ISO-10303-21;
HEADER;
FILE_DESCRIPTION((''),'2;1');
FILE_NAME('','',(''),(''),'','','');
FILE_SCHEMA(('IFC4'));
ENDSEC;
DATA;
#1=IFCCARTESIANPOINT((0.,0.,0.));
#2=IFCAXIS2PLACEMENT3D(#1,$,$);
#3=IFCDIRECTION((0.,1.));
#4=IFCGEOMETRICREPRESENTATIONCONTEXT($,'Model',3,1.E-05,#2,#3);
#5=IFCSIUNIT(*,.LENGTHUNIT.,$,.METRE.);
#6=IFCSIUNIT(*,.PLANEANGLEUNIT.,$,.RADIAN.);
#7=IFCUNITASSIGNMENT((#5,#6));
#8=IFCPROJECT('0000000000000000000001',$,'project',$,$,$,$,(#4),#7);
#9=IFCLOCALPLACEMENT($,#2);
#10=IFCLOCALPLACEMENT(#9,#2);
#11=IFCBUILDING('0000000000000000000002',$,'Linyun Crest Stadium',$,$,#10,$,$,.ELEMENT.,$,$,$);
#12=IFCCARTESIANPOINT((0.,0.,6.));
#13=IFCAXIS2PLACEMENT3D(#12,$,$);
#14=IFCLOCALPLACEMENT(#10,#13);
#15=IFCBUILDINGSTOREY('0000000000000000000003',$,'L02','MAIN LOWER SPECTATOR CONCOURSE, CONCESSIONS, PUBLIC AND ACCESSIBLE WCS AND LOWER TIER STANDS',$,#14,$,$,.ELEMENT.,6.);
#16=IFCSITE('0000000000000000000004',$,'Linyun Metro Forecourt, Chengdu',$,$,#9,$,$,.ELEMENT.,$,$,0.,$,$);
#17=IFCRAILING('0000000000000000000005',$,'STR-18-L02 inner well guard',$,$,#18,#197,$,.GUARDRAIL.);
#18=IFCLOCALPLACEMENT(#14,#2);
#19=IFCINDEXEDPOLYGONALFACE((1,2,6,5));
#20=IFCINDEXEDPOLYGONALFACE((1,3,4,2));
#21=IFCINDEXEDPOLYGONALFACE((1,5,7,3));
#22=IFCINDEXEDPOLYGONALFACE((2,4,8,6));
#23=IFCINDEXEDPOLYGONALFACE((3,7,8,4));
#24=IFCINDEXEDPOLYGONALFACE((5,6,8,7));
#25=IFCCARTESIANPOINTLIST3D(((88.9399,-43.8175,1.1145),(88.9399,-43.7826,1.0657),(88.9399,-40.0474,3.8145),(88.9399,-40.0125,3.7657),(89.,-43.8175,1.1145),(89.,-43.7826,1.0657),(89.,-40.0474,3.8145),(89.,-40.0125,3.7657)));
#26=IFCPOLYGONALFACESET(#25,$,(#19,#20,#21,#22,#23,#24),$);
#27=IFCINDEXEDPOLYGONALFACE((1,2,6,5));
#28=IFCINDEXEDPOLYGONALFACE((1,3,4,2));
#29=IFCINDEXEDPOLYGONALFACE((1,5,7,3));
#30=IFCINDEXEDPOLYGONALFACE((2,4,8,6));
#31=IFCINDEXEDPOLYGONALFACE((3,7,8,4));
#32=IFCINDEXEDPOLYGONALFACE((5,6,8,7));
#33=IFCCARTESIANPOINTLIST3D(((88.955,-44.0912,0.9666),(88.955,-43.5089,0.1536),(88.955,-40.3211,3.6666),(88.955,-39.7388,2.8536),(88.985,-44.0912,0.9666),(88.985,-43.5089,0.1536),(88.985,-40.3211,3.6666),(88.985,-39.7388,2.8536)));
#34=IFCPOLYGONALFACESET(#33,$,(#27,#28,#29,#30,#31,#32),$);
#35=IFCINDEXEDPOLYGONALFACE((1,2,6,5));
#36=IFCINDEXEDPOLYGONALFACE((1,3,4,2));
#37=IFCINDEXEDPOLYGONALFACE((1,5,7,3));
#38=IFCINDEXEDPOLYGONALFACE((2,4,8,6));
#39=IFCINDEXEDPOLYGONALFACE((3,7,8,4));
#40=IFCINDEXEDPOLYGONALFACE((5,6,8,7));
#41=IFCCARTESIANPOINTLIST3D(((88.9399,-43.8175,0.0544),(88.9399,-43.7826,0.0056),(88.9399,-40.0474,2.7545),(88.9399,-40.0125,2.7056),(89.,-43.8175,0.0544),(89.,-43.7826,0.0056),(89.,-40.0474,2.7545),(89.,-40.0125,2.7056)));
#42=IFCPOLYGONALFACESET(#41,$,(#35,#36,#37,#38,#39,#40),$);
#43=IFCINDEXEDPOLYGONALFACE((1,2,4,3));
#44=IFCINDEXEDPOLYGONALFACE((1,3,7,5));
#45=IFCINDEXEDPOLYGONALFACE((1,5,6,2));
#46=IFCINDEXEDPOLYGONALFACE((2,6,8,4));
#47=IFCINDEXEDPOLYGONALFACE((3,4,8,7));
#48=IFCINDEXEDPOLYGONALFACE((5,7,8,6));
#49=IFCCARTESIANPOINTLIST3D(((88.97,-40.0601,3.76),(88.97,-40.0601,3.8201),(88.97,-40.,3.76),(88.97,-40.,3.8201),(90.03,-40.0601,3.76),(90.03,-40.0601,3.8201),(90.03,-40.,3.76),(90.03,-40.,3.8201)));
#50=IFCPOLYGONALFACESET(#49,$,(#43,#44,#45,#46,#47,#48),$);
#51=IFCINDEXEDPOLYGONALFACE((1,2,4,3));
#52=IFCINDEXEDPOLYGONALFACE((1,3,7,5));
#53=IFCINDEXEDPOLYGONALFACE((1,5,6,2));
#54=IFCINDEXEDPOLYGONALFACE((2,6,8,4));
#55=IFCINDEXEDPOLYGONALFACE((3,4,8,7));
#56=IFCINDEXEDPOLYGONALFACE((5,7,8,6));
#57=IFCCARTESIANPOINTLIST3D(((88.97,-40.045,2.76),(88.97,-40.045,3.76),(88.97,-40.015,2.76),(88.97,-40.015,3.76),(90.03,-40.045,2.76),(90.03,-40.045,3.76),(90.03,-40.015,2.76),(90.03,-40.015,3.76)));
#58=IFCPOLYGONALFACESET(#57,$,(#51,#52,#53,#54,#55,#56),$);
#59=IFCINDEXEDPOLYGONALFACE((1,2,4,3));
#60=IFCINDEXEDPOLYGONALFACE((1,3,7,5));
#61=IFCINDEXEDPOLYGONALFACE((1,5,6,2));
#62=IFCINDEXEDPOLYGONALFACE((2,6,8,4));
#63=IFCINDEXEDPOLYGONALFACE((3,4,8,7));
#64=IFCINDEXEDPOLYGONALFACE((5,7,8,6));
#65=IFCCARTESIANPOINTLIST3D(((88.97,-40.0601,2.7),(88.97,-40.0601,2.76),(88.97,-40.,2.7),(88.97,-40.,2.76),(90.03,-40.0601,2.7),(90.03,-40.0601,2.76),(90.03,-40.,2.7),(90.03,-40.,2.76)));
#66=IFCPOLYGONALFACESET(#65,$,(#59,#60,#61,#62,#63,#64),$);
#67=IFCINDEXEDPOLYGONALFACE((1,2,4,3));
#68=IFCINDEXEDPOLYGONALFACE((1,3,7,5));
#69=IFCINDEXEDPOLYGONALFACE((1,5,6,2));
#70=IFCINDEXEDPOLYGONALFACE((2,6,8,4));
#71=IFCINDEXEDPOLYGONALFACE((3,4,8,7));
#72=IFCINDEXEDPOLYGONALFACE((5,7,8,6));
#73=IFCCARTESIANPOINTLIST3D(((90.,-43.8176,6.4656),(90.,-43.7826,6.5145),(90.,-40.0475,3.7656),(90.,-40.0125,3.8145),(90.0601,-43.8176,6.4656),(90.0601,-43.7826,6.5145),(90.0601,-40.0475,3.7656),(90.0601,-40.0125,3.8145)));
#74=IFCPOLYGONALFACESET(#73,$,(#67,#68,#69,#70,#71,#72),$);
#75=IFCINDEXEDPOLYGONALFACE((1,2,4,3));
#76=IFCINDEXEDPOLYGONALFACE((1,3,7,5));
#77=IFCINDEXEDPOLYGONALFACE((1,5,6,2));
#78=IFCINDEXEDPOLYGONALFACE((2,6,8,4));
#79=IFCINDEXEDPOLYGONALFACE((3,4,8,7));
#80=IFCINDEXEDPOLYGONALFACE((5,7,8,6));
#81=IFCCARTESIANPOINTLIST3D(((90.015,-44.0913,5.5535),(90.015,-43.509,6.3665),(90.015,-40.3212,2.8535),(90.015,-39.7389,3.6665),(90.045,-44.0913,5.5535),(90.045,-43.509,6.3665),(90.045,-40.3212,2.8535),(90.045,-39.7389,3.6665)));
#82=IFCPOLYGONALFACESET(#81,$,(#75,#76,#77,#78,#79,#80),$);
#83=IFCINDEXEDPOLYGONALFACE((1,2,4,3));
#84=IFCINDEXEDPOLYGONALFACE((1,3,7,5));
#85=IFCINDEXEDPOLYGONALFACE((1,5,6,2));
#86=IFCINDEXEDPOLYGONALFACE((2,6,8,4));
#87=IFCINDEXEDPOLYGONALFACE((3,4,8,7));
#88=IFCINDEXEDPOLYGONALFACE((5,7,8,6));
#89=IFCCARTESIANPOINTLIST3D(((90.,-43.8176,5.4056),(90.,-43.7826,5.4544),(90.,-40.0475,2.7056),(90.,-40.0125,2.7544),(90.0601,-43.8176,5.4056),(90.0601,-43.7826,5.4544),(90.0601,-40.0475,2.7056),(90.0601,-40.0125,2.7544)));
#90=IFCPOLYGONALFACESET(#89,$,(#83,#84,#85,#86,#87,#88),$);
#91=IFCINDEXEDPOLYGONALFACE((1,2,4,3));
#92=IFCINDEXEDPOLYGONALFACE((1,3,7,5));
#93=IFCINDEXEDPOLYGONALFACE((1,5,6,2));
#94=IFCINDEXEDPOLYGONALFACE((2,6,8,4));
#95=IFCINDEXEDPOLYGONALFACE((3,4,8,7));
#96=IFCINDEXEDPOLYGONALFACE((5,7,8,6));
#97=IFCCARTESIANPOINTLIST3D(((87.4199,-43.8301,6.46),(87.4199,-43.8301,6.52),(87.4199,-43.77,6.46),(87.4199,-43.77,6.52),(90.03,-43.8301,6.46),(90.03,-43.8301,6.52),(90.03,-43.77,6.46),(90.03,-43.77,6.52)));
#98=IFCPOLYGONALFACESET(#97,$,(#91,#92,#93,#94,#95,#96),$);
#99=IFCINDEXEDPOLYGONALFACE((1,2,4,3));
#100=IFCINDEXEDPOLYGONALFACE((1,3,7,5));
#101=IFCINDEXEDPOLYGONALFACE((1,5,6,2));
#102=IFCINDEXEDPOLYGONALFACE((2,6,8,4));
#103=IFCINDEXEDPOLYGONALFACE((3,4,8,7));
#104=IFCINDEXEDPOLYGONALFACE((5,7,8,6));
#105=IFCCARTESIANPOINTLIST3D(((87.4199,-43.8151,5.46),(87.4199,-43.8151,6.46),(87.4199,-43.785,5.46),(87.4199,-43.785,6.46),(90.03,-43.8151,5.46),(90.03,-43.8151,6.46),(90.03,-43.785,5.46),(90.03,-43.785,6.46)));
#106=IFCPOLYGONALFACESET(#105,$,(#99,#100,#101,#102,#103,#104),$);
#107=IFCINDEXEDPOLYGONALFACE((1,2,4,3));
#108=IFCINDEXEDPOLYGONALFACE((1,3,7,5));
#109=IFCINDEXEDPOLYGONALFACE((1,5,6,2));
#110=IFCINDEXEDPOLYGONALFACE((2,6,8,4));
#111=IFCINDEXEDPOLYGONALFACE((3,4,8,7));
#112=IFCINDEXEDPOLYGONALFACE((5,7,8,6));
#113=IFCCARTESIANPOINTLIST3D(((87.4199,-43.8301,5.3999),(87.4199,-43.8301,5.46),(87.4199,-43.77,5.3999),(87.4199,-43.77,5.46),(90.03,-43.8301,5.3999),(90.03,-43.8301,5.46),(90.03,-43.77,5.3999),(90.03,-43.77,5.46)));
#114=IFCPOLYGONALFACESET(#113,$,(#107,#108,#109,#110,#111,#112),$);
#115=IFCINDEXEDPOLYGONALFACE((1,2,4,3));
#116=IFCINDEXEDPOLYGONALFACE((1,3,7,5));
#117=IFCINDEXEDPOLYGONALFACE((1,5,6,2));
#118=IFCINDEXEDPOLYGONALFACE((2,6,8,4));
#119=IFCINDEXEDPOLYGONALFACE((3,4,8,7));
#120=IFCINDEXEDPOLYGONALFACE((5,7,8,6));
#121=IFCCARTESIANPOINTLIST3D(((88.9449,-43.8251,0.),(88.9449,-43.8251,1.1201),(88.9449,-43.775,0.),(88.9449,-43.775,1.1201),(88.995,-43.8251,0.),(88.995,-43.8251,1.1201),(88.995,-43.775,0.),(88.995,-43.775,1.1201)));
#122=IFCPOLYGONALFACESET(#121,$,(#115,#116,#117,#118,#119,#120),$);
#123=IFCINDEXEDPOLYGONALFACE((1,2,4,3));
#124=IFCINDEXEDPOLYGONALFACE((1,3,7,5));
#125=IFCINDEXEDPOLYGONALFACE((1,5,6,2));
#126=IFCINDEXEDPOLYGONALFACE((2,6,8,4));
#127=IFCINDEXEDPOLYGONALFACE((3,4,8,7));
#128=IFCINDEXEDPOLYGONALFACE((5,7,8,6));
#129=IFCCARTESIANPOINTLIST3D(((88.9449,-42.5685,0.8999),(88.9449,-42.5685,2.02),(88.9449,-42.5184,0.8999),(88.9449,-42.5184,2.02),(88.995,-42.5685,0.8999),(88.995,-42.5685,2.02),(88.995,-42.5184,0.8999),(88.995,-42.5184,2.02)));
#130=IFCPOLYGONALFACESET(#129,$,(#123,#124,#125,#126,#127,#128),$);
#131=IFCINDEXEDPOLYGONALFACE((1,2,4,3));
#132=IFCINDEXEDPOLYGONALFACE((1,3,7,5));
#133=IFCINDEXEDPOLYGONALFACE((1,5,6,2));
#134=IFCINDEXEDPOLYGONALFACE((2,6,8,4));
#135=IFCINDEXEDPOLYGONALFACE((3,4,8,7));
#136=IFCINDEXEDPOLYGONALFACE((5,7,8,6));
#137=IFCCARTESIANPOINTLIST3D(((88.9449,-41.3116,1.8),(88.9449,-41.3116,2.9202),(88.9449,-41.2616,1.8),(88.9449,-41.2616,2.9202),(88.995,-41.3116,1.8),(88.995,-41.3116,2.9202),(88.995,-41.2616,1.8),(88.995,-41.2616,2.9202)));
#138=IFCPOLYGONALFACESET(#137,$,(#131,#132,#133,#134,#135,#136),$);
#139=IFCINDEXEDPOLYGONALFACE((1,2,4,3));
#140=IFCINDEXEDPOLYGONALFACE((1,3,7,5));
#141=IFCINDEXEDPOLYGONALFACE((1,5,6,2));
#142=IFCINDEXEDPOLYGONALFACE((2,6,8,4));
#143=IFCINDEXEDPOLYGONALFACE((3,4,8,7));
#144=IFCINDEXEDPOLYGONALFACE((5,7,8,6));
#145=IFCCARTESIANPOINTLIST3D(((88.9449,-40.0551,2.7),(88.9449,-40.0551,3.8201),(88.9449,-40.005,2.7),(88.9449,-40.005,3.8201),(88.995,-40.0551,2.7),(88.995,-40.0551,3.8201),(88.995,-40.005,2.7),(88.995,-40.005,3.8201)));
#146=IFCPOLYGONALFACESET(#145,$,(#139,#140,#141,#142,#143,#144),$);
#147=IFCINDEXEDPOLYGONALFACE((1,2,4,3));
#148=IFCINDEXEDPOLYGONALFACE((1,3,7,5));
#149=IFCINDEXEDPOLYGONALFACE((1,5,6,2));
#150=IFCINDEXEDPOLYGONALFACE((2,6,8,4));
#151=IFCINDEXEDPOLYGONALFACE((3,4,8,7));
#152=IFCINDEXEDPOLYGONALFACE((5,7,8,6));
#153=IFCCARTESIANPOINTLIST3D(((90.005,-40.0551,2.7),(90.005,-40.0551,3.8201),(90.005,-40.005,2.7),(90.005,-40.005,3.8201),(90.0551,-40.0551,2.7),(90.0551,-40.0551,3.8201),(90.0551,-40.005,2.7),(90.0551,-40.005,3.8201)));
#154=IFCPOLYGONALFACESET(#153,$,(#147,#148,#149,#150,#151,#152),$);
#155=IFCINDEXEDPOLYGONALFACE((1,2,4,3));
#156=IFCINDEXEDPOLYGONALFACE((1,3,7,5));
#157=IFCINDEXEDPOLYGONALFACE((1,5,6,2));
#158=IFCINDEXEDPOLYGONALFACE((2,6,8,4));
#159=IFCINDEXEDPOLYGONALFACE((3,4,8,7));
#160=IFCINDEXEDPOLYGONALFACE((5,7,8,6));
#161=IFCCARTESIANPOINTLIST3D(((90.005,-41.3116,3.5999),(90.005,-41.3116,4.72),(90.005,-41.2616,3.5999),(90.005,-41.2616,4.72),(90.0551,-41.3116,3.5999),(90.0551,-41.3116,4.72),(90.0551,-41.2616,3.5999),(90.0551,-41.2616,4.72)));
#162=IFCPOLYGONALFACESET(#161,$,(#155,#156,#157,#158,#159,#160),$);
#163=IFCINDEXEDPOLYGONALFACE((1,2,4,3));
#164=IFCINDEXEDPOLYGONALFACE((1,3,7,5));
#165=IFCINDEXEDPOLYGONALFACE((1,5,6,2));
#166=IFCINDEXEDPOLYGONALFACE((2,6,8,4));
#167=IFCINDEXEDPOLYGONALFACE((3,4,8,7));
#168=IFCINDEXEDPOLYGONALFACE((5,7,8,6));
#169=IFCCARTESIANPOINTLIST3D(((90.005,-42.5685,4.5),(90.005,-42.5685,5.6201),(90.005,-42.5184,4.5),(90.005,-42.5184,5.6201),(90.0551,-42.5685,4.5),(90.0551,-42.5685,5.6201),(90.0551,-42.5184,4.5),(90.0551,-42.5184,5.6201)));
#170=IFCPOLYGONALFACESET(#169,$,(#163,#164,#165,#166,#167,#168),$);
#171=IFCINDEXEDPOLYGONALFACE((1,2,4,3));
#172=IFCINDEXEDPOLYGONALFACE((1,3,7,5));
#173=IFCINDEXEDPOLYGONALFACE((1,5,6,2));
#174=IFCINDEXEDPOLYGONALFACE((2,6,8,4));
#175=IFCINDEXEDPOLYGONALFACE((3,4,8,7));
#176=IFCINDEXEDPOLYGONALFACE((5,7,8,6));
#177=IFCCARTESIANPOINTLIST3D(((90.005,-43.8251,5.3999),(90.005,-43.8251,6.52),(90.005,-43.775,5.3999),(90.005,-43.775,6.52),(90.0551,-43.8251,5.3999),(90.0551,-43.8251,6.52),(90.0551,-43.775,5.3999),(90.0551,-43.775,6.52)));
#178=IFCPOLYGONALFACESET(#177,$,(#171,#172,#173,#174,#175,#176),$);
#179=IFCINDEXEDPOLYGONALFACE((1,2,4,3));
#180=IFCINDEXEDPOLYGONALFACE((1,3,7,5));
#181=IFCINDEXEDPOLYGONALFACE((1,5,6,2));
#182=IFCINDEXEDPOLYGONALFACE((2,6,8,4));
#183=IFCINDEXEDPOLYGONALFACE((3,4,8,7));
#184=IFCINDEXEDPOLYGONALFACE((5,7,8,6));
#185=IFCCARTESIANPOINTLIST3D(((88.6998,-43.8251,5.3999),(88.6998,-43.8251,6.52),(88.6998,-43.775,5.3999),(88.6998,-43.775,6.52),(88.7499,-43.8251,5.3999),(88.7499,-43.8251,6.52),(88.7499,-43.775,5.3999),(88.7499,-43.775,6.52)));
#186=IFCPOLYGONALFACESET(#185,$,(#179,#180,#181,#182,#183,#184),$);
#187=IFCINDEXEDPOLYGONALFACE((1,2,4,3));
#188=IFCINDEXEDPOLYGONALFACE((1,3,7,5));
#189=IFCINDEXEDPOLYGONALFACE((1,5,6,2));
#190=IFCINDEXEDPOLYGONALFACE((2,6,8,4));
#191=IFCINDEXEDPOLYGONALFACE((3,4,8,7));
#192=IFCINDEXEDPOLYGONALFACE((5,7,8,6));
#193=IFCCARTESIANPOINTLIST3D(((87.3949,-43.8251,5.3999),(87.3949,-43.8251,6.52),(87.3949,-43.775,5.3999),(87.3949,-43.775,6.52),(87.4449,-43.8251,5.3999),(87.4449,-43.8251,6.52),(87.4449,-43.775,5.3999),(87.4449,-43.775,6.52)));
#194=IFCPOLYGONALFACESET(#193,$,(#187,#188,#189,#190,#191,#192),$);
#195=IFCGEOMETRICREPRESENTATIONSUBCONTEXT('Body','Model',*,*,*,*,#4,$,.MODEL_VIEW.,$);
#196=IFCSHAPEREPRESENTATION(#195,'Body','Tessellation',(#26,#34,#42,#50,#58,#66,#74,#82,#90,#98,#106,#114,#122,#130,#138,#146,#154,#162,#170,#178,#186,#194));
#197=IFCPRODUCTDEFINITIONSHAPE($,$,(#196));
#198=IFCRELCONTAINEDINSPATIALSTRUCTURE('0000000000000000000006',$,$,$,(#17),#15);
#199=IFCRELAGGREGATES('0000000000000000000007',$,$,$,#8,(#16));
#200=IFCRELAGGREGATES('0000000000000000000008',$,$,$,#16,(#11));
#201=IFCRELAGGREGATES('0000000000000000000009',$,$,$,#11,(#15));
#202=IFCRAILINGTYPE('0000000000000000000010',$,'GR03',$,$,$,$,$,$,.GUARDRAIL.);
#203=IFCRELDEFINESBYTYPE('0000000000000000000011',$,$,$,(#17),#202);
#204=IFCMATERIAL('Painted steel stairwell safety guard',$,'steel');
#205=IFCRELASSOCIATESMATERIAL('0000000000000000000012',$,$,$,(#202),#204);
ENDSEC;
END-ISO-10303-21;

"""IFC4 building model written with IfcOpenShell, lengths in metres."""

from ifc_helpers import new_model, si_unit, direction, frame, origin, origin_2d, place, context, subcontext, project, spatial, rectangle, extrude, material, type_object, element, save


model = new_model("IFC4")

# Units and contexts
model_context = context("Model", 3, precision=1e-05, world=origin(), true_north=direction((0.0, 1.0)))
body_context = subcontext(model_context, "Body", "Model", "MODEL_VIEW")
ifc_project = project(units=[si_unit("LENGTHUNIT", "METRE"), si_unit("PLANEANGLEUNIT", "RADIAN")], contexts=[model_context])

# Site, building, storey
site_placement = place(None, origin())
site = spatial("IfcSite", under=ifc_project, at=site_placement, Name="Linyun Metro Forecourt, Chengdu", CompositionType="ELEMENT", RefElevation=0.0)
building_placement = place(site_placement, origin())
building = spatial("IfcBuilding", under=site, at=building_placement, Name="Linyun Crest Stadium", CompositionType="ELEMENT")
storey_placement = place(building_placement, frame((0.0, 0.0, 6.0)))
storey = spatial("IfcBuildingStorey", under=building, at=storey_placement, Name="L02", Description="MAIN LOWER SPECTATOR CONCOURSE, CONCESSIONS, PUBLIC AND ACCESSIBLE WCS AND LOWER TIER STANDS", CompositionType="ELEMENT", Elevation=6.0)

# Railing
ifc_material_1 = material(Name="Painted steel stairwell safety guard", Category="steel")
railing_type_1 = type_object("IfcRailingType", Name="GR03", PredefinedType="GUARDRAIL", material=ifc_material_1)
railing_1_placement = place(storey_placement, frame((88.97, -43.8, 0.0)))
element("IfcRailing", 1, at=railing_1_placement, inside=storey, type_object=railing_type_1, Name="STR-18-L02 inner well guard", PredefinedType="GUARDRAIL", context=body_context, shape_type="SweptSolid", body=[
    extrude(rectangle(XDim=0.0601, YDim=0.0601, at=origin_2d()), frame((0.0, 0.0, 1.0901), z_axis=(0.0, 0.813011, 0.582249), x_axis=(-1.0, 0.0, 0.0)), (0.0, 0.0, 1.0), 4.6372),
    extrude(rectangle(XDim=0.03, YDim=1.0, at=origin_2d()), frame((0.0, 0.0, 0.5601), z_axis=(0.0, 0.813011, 0.582249), x_axis=(-1.0, 0.0, 0.0)), (0.0, 0.0, 1.0), 4.6372),
    extrude(rectangle(XDim=0.0601, YDim=0.0601, at=origin_2d()), frame((0.0, 0.0, 0.03), z_axis=(0.0, 0.813011, 0.582249), x_axis=(-1.0, 0.0, 0.0)), (0.0, 0.0, 1.0), 4.6372),
    extrude(rectangle(XDim=0.0601, YDim=0.0601, at=origin_2d()), frame((0.0, 3.77, 3.79), z_axis=(1.0, 0.0, 0.0), x_axis=(0.0, 1.0, 0.0)), (0.0, 0.0, 1.0), 1.0601),
    extrude(rectangle(XDim=0.03, YDim=1.0, at=origin_2d()), frame((0.0, 3.77, 3.26), z_axis=(1.0, 0.0, 0.0), x_axis=(0.0, 1.0, 0.0)), (0.0, 0.0, 1.0), 1.0601),
    extrude(rectangle(XDim=0.0601, YDim=0.0601, at=origin_2d()), frame((0.0, 3.77, 2.73), z_axis=(1.0, 0.0, 0.0), x_axis=(0.0, 1.0, 0.0)), (0.0, 0.0, 1.0), 1.0601),
    extrude(rectangle(XDim=0.0601, YDim=0.0601, at=origin_2d()), frame((1.0601, 3.77, 3.79), z_axis=(0.0, -0.813011, 0.582249), x_axis=(1.0, 0.0, 0.0)), (0.0, 0.0, 1.0), 4.6372),
    extrude(rectangle(XDim=0.03, YDim=1.0, at=origin_2d()), frame((1.0601, 3.77, 3.26), z_axis=(0.0, -0.813011, 0.582249), x_axis=(1.0, 0.0, 0.0)), (0.0, 0.0, 1.0), 4.6372),
    extrude(rectangle(XDim=0.0601, YDim=0.0601, at=origin_2d()), frame((1.0601, 3.77, 2.73), z_axis=(0.0, -0.813011, 0.582249), x_axis=(1.0, 0.0, 0.0)), (0.0, 0.0, 1.0), 4.6372),
    extrude(rectangle(XDim=0.0601, YDim=0.0601, at=origin_2d()), frame((1.0601, 0.0, 6.49), z_axis=(-1.0, 0.0, 0.0), x_axis=(0.0, -1.0, 0.0)), (0.0, 0.0, 1.0), 2.6101),
    extrude(rectangle(XDim=0.03, YDim=1.0, at=origin_2d()), frame((1.0601, 0.0, 5.96), z_axis=(-1.0, 0.0, 0.0), x_axis=(0.0, -1.0, 0.0)), (0.0, 0.0, 1.0), 2.6101),
    extrude(rectangle(XDim=0.0601, YDim=0.0601, at=origin_2d()), frame((1.0601, 0.0, 5.4299), z_axis=(-1.0, 0.0, 0.0), x_axis=(0.0, -1.0, 0.0)), (0.0, 0.0, 1.0), 2.6101),
    extrude(rectangle(XDim=0.05, YDim=0.05, at=origin_2d()), origin(), (0.0, 0.0, 1.0), 1.1201),
    extrude(rectangle(XDim=0.05, YDim=0.05, at=origin_2d()), frame((0.0, 1.2566, 0.8999)), (0.0, 0.0, 1.0), 1.1201),
    extrude(rectangle(XDim=0.05, YDim=0.05, at=origin_2d()), frame((0.0, 2.5134, 1.8)), (0.0, 0.0, 1.0), 1.1201),
    extrude(rectangle(XDim=0.05, YDim=0.05, at=origin_2d()), frame((0.0, 3.77, 2.7)), (0.0, 0.0, 1.0), 1.1201),
    extrude(rectangle(XDim=0.05, YDim=0.05, at=origin_2d()), frame((1.0601, 3.77, 2.7)), (0.0, 0.0, 1.0), 1.1201),
    extrude(rectangle(XDim=0.05, YDim=0.05, at=origin_2d()), frame((1.0601, 2.5134, 3.5999)), (0.0, 0.0, 1.0), 1.1201),
    extrude(rectangle(XDim=0.05, YDim=0.05, at=origin_2d()), frame((1.0601, 1.2566, 4.5)), (0.0, 0.0, 1.0), 1.1201),
    extrude(rectangle(XDim=0.05, YDim=0.05, at=origin_2d()), frame((1.0601, 0.0, 5.3999)), (0.0, 0.0, 1.0), 1.1201),
    extrude(rectangle(XDim=0.05, YDim=0.05, at=origin_2d()), frame((-0.2451, 0.0, 5.3999)), (0.0, 0.0, 1.0), 1.1201),
    extrude(rectangle(XDim=0.05, YDim=0.05, at=origin_2d()), frame((-1.55, 0.0, 5.3999)), (0.0, 0.0, 1.0), 1.1201),
])

save(model, "model.ifc")
